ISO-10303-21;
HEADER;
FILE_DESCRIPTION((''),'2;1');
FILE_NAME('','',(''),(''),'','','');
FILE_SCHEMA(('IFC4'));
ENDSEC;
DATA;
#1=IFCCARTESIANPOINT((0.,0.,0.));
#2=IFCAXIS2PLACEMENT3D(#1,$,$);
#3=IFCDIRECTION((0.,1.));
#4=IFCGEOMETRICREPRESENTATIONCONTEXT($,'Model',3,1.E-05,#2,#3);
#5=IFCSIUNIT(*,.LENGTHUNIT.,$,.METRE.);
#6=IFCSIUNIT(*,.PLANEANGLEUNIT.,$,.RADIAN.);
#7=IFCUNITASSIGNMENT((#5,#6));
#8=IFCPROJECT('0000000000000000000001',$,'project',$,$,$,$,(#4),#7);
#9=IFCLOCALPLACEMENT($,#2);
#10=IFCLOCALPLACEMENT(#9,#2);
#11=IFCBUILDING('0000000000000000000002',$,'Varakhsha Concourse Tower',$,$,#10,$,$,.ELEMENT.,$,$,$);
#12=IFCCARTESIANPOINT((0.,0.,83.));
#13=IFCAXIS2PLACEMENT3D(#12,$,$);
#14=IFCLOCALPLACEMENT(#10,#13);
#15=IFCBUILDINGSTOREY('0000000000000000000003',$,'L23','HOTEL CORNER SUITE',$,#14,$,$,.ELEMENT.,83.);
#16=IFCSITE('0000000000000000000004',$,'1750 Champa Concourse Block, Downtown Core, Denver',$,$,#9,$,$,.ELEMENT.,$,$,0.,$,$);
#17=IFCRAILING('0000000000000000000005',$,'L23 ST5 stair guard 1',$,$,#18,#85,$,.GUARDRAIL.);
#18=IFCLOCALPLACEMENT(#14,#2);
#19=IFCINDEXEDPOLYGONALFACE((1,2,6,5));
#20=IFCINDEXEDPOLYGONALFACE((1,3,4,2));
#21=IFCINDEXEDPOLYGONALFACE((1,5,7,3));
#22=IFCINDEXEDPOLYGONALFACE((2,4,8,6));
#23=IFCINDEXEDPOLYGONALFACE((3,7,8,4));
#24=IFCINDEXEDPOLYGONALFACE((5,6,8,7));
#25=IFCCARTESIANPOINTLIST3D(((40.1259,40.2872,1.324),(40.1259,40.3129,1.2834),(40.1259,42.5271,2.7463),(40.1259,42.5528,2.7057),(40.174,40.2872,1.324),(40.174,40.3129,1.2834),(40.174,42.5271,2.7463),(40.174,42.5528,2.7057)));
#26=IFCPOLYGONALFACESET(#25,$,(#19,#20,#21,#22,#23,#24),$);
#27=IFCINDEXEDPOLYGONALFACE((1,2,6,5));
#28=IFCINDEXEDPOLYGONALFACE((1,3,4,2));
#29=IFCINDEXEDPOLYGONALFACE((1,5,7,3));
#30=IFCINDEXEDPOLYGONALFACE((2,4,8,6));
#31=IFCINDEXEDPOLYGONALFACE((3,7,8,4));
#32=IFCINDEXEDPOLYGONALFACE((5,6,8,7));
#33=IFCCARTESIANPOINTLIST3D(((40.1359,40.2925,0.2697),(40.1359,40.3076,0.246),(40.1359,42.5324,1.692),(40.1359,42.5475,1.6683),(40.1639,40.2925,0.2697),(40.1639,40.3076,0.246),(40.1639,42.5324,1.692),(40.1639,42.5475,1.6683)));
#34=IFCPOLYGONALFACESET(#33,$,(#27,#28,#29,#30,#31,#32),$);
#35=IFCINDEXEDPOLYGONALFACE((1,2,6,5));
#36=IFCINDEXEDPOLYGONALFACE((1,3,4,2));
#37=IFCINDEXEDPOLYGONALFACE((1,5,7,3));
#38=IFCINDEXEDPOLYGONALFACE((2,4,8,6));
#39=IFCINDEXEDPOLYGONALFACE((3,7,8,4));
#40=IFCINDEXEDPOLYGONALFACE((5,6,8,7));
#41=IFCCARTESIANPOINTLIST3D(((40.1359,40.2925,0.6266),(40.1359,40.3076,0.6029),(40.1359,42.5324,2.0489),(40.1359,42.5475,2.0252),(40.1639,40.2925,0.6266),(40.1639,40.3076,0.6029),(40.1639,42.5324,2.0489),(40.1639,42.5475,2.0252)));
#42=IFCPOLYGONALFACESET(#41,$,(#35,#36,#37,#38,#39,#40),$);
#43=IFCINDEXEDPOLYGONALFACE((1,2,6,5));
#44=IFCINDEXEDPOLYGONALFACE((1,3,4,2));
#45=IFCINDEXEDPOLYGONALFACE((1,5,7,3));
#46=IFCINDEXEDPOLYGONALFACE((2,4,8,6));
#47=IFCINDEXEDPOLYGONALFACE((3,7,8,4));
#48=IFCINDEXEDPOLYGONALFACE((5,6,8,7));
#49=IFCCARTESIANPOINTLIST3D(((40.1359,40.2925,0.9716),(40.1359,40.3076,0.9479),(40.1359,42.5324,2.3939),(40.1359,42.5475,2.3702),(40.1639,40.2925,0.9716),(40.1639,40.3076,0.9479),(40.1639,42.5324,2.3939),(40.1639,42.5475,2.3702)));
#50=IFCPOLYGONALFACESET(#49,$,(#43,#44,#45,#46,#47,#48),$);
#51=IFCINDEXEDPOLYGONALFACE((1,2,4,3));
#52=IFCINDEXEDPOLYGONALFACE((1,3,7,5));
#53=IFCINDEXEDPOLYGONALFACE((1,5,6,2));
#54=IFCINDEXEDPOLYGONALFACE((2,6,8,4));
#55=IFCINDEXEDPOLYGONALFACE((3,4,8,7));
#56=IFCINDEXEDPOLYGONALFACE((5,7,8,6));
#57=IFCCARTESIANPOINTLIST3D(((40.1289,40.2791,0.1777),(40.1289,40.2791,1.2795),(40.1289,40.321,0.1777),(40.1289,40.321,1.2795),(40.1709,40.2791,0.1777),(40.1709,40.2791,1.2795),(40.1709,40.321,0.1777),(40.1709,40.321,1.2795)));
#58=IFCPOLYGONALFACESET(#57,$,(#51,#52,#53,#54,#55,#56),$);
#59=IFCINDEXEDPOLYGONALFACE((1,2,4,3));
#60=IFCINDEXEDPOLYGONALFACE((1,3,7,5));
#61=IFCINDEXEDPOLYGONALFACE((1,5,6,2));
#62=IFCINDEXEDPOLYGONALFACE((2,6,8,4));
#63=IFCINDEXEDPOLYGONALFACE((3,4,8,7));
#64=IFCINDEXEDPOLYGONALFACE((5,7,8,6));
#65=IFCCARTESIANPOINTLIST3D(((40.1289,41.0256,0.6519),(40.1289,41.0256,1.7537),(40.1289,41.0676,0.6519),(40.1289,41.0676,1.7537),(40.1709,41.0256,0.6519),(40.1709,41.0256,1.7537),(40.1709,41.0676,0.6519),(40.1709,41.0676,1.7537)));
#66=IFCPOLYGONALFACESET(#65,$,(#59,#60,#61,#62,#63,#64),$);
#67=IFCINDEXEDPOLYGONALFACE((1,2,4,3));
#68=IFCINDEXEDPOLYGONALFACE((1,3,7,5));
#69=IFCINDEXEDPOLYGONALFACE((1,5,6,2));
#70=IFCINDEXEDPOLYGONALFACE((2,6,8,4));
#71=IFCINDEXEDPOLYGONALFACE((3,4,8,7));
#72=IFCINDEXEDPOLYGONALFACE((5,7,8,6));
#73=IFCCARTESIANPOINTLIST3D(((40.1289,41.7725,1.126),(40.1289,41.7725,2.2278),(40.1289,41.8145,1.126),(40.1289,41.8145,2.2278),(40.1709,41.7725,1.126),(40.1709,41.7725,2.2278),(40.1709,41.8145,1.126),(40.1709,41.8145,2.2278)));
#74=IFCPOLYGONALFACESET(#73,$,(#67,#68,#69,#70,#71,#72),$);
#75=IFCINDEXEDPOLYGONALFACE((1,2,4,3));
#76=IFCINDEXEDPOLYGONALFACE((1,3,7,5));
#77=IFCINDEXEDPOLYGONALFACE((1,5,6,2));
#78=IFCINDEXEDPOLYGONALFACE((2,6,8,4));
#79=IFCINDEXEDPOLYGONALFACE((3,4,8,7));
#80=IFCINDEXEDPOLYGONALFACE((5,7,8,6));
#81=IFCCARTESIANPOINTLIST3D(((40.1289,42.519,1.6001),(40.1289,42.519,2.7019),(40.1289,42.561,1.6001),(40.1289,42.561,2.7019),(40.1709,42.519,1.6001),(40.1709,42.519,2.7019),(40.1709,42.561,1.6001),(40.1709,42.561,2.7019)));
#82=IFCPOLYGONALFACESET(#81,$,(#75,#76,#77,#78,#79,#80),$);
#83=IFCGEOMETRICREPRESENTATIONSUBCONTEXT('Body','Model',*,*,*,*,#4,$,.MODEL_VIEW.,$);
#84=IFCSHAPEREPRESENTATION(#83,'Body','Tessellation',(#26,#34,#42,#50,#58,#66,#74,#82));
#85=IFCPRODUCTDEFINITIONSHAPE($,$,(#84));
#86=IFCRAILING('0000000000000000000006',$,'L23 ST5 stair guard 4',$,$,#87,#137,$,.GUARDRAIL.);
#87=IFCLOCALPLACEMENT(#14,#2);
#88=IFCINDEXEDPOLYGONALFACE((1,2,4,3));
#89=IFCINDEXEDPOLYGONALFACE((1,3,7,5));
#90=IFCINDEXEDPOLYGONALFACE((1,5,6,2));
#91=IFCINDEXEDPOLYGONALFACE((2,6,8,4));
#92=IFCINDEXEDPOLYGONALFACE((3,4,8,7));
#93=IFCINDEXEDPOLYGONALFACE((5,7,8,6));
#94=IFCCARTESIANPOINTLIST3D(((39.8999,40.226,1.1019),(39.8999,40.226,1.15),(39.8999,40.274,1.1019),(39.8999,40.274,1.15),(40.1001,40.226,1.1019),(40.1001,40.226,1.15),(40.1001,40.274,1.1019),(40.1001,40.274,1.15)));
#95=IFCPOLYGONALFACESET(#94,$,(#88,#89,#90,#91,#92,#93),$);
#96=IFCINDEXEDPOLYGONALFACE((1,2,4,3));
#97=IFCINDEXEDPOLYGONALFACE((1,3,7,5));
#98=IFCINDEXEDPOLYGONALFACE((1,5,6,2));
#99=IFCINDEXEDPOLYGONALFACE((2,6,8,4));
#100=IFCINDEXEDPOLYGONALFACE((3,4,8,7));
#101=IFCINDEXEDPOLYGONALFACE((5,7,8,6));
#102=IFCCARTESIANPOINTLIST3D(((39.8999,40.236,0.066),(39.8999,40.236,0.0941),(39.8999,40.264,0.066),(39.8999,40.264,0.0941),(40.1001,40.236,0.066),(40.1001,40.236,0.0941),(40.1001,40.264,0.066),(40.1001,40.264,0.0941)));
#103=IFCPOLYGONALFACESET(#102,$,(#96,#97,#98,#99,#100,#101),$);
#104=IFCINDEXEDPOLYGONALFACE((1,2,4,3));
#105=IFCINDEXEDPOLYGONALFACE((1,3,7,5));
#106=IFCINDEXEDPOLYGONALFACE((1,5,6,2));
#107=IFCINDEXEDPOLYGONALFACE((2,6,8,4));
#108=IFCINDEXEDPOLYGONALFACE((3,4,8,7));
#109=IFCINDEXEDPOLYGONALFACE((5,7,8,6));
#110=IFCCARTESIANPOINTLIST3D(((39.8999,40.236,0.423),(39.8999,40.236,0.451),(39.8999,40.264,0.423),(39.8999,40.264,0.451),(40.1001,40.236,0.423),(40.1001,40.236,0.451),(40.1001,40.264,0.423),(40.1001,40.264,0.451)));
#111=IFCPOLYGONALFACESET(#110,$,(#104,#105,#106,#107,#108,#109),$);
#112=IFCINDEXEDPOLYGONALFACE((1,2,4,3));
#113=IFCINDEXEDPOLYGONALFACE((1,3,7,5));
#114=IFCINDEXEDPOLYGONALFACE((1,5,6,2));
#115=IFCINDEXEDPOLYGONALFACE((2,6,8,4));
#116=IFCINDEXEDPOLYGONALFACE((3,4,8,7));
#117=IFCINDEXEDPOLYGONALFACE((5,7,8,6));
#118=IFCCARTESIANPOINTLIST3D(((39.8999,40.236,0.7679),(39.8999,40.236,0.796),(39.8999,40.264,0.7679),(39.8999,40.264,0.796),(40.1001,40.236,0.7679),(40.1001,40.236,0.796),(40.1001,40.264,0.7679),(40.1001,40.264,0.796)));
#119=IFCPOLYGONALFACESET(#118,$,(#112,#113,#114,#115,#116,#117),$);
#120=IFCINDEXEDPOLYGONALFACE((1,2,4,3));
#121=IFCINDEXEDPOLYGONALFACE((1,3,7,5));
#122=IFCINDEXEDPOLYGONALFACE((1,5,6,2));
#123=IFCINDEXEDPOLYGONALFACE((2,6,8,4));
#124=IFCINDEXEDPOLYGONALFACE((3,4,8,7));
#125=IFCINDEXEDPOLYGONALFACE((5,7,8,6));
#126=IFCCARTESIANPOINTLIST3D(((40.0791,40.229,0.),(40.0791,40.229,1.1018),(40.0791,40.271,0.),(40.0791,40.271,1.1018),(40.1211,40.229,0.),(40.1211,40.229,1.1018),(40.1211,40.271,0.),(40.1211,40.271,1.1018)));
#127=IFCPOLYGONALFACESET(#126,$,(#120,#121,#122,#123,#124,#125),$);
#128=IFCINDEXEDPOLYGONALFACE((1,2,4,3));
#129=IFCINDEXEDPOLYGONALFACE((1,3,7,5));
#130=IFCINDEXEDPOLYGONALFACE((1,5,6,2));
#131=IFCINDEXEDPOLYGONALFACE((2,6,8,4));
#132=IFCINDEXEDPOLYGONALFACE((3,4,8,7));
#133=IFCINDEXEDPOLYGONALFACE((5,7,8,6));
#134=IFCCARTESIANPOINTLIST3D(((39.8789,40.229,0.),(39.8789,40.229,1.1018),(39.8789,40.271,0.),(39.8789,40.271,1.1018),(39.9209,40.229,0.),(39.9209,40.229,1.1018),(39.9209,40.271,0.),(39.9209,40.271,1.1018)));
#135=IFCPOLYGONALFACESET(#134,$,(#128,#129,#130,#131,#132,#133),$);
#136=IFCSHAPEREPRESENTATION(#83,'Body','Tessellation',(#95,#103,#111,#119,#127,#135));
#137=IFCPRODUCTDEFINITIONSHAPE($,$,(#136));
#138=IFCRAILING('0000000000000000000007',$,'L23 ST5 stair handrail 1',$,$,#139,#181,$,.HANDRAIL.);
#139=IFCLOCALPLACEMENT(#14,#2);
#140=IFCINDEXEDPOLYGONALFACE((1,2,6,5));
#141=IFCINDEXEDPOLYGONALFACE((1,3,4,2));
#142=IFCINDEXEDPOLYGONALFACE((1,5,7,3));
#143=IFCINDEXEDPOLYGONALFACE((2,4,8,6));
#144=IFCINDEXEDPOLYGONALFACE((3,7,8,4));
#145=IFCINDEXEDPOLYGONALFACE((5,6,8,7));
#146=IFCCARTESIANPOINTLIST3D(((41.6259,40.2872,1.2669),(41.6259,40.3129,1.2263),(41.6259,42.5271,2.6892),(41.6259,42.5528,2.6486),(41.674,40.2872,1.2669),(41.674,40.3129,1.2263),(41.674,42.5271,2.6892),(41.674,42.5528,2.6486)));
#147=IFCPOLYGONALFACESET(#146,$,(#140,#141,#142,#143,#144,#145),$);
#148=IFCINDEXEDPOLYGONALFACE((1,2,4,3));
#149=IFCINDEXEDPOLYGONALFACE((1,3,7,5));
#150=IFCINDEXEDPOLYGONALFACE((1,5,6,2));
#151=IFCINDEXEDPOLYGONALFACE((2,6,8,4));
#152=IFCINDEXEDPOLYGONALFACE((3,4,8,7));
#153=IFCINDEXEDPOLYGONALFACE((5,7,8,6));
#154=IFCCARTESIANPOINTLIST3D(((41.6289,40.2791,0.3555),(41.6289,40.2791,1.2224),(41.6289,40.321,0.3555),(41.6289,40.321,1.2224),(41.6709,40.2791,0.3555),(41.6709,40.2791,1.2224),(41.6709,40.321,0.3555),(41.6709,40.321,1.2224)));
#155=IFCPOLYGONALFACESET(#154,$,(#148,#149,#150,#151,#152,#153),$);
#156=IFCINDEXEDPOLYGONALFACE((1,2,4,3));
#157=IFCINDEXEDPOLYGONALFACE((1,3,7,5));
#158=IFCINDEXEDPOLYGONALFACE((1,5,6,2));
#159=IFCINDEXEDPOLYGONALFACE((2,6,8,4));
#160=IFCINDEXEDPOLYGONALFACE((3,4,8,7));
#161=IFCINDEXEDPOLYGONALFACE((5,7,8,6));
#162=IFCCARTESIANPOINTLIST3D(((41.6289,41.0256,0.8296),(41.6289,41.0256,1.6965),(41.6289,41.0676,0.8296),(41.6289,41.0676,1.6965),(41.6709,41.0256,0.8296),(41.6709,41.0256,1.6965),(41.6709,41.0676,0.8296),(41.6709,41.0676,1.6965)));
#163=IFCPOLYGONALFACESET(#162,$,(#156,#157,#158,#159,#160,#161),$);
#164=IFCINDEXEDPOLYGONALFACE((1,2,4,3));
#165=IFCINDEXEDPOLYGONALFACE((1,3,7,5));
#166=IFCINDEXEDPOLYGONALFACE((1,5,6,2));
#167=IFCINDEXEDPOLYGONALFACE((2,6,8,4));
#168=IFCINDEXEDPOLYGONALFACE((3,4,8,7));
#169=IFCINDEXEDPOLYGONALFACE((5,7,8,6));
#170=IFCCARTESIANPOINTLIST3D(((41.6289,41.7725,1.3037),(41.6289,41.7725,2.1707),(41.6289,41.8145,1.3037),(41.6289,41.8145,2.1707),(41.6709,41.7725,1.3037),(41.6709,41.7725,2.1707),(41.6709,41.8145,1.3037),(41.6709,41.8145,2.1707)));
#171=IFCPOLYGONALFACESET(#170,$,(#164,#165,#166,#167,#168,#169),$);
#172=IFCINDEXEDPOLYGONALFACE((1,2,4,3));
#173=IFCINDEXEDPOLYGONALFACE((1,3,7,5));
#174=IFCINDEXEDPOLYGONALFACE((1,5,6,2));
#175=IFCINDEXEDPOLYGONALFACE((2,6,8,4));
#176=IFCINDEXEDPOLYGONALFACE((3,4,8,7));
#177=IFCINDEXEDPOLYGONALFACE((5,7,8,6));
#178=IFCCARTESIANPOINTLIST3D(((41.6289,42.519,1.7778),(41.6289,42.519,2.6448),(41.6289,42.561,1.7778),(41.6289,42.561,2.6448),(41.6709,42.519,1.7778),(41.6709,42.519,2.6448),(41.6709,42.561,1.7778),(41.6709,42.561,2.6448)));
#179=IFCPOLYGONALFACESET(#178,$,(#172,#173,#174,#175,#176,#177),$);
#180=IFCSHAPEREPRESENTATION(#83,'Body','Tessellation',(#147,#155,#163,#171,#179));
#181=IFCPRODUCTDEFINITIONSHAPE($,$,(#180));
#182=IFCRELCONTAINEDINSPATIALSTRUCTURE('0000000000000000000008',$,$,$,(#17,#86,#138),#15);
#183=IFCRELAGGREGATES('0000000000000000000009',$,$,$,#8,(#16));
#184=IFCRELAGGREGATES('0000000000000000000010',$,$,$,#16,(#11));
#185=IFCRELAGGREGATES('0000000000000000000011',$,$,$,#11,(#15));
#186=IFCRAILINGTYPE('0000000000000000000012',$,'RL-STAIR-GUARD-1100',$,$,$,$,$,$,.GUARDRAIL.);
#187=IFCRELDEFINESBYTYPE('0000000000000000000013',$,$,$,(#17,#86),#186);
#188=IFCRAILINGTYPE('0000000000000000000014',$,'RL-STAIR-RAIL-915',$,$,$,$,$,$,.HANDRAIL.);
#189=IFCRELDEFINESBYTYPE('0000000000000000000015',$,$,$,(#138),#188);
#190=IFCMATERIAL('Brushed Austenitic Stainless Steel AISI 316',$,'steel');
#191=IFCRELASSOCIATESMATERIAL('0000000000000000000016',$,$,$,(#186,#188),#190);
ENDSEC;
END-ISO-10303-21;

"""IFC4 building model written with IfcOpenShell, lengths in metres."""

from ifc_helpers import new_model, si_unit, direction, frame, origin, origin_2d, place, context, subcontext, project, spatial, rectangle, extrude, material, type_object, element, save


model = new_model("IFC4")

# Units and contexts
model_context = context("Model", 3, precision=1e-05, world=origin(), true_north=direction((0.0, 1.0)))
body_context = subcontext(model_context, "Body", "Model", "MODEL_VIEW")
ifc_project = project(units=[si_unit("LENGTHUNIT", "METRE"), si_unit("PLANEANGLEUNIT", "RADIAN")], contexts=[model_context])

# Site, building, storey
site_placement = place(None, origin())
site = spatial("IfcSite", under=ifc_project, at=site_placement, Name="1750 Champa Concourse Block, Downtown Core, Denver", CompositionType="ELEMENT", RefElevation=0.0)
building_placement = place(site_placement, origin())
building = spatial("IfcBuilding", under=site, at=building_placement, Name="Varakhsha Concourse Tower", CompositionType="ELEMENT")
storey_placement = place(building_placement, frame((0.0, 0.0, 83.0)))
storey = spatial("IfcBuildingStorey", under=building, at=storey_placement, Name="L23", Description="HOTEL CORNER SUITE", CompositionType="ELEMENT", Elevation=83.0)

# Railings
ifc_material_1 = material(Name="Brushed Austenitic Stainless Steel AISI 316", Category="steel")
railing_type_1 = type_object("IfcRailingType", Name="RL-STAIR-GUARD-1100", PredefinedType="GUARDRAIL", material=ifc_material_1)
railing_1_placement = place(storey_placement, frame((40.1499, 40.3, 0.1777)))
element("IfcRailing", 1, at=railing_1_placement, inside=storey, type_object=railing_type_1, Name="L23 ST5 stair guard 1", PredefinedType="GUARDRAIL", context=body_context, shape_type="SweptSolid", body=[
    extrude(rectangle(XDim=0.0481, YDim=0.0481, at=origin_2d()), frame((0.0, 0.0, 1.126), z_axis=(0.0, 0.844188, 0.536048), x_axis=(-1.0, 0.0, 0.0)), (0.0, 0.0, 1.0), 2.6533),
    extrude(rectangle(XDim=0.0281, YDim=0.0281, at=origin_2d()), frame((0.0, 0.0, 0.0801), z_axis=(0.0, 0.844188, 0.536048), x_axis=(-1.0, 0.0, 0.0)), (0.0, 0.0, 1.0), 2.6533),
    extrude(rectangle(XDim=0.0281, YDim=0.0281, at=origin_2d()), frame((0.0, 0.0, 0.437), z_axis=(0.0, 0.844188, 0.536048), x_axis=(-1.0, 0.0, 0.0)), (0.0, 0.0, 1.0), 2.6533),
    extrude(rectangle(XDim=0.0281, YDim=0.0281, at=origin_2d()), frame((0.0, 0.0, 0.782), z_axis=(0.0, 0.844188, 0.536048), x_axis=(-1.0, 0.0, 0.0)), (0.0, 0.0, 1.0), 2.6533),
    extrude(rectangle(XDim=0.042, YDim=0.042, at=origin_2d()), origin(), (0.0, 0.0, 1.0), 1.1018),
    extrude(rectangle(XDim=0.042, YDim=0.042, at=origin_2d()), frame((0.0, 0.7466, 0.4741)), (0.0, 0.0, 1.0), 1.1018),
    extrude(rectangle(XDim=0.042, YDim=0.042, at=origin_2d()), frame((0.0, 1.4934, 0.9482)), (0.0, 0.0, 1.0), 1.1018),
    extrude(rectangle(XDim=0.042, YDim=0.042, at=origin_2d()), frame((0.0, 2.24, 1.4224)), (0.0, 0.0, 1.0), 1.1018),
])
railing_2_placement = place(storey_placement, frame((40.1001, 40.25, 0.0)))
element("IfcRailing", 2, at=railing_2_placement, inside=storey, type_object=railing_type_1, Name="L23 ST5 stair guard 4", PredefinedType="GUARDRAIL", context=body_context, shape_type="SweptSolid", body=[
    extrude(rectangle(XDim=0.0481, YDim=0.0481, at=origin_2d()), frame((0.0, 0.0, 1.126), z_axis=(-1.0, 0.0, 0.0), x_axis=(0.0, -1.0, 0.0)), (0.0, 0.0, 1.0), 0.2002),
    extrude(rectangle(XDim=0.0281, YDim=0.0281, at=origin_2d()), frame((0.0, 0.0, 0.0801), z_axis=(-1.0, 0.0, 0.0), x_axis=(0.0, -1.0, 0.0)), (0.0, 0.0, 1.0), 0.2002),
    extrude(rectangle(XDim=0.0281, YDim=0.0281, at=origin_2d()), frame((0.0, 0.0, 0.437), z_axis=(-1.0, 0.0, 0.0), x_axis=(0.0, -1.0, 0.0)), (0.0, 0.0, 1.0), 0.2002),
    extrude(rectangle(XDim=0.0281, YDim=0.0281, at=origin_2d()), frame((0.0, 0.0, 0.782), z_axis=(-1.0, 0.0, 0.0), x_axis=(0.0, -1.0, 0.0)), (0.0, 0.0, 1.0), 0.2002),
    extrude(rectangle(XDim=0.042, YDim=0.042, at=origin_2d()), origin(), (0.0, 0.0, 1.0), 1.1018),
    extrude(rectangle(XDim=0.042, YDim=0.042, at=origin_2d()), frame((-0.2002, 0.0, 0.0)), (0.0, 0.0, 1.0), 1.1018),
])
railing_type_2 = type_object("IfcRailingType", Name="RL-STAIR-RAIL-915", PredefinedType="HANDRAIL", material=ifc_material_1)
railing_3_placement = place(storey_placement, frame((41.6499, 40.3, 0.3555)))
element("IfcRailing", 3, at=railing_3_placement, inside=storey, type_object=railing_type_2, Name="L23 ST5 stair handrail 1", PredefinedType="HANDRAIL", context=body_context, shape_type="SweptSolid", body=[
    extrude(rectangle(XDim=0.0481, YDim=0.0481, at=origin_2d()), frame((0.0, 0.0, 0.8911), z_axis=(0.0, 0.844188, 0.536048), x_axis=(-1.0, 0.0, 0.0)), (0.0, 0.0, 1.0), 2.6533),
    extrude(rectangle(XDim=0.042, YDim=0.042, at=origin_2d()), origin(), (0.0, 0.0, 1.0), 0.8669),
    extrude(rectangle(XDim=0.042, YDim=0.042, at=origin_2d()), frame((0.0, 0.7466, 0.4741)), (0.0, 0.0, 1.0), 0.8669),
    extrude(rectangle(XDim=0.042, YDim=0.042, at=origin_2d()), frame((0.0, 1.4934, 0.9482)), (0.0, 0.0, 1.0), 0.8669),
    extrude(rectangle(XDim=0.042, YDim=0.042, at=origin_2d()), frame((0.0, 2.24, 1.4224)), (0.0, 0.0, 1.0), 0.8669),
])

save(model, "model.ifc")
